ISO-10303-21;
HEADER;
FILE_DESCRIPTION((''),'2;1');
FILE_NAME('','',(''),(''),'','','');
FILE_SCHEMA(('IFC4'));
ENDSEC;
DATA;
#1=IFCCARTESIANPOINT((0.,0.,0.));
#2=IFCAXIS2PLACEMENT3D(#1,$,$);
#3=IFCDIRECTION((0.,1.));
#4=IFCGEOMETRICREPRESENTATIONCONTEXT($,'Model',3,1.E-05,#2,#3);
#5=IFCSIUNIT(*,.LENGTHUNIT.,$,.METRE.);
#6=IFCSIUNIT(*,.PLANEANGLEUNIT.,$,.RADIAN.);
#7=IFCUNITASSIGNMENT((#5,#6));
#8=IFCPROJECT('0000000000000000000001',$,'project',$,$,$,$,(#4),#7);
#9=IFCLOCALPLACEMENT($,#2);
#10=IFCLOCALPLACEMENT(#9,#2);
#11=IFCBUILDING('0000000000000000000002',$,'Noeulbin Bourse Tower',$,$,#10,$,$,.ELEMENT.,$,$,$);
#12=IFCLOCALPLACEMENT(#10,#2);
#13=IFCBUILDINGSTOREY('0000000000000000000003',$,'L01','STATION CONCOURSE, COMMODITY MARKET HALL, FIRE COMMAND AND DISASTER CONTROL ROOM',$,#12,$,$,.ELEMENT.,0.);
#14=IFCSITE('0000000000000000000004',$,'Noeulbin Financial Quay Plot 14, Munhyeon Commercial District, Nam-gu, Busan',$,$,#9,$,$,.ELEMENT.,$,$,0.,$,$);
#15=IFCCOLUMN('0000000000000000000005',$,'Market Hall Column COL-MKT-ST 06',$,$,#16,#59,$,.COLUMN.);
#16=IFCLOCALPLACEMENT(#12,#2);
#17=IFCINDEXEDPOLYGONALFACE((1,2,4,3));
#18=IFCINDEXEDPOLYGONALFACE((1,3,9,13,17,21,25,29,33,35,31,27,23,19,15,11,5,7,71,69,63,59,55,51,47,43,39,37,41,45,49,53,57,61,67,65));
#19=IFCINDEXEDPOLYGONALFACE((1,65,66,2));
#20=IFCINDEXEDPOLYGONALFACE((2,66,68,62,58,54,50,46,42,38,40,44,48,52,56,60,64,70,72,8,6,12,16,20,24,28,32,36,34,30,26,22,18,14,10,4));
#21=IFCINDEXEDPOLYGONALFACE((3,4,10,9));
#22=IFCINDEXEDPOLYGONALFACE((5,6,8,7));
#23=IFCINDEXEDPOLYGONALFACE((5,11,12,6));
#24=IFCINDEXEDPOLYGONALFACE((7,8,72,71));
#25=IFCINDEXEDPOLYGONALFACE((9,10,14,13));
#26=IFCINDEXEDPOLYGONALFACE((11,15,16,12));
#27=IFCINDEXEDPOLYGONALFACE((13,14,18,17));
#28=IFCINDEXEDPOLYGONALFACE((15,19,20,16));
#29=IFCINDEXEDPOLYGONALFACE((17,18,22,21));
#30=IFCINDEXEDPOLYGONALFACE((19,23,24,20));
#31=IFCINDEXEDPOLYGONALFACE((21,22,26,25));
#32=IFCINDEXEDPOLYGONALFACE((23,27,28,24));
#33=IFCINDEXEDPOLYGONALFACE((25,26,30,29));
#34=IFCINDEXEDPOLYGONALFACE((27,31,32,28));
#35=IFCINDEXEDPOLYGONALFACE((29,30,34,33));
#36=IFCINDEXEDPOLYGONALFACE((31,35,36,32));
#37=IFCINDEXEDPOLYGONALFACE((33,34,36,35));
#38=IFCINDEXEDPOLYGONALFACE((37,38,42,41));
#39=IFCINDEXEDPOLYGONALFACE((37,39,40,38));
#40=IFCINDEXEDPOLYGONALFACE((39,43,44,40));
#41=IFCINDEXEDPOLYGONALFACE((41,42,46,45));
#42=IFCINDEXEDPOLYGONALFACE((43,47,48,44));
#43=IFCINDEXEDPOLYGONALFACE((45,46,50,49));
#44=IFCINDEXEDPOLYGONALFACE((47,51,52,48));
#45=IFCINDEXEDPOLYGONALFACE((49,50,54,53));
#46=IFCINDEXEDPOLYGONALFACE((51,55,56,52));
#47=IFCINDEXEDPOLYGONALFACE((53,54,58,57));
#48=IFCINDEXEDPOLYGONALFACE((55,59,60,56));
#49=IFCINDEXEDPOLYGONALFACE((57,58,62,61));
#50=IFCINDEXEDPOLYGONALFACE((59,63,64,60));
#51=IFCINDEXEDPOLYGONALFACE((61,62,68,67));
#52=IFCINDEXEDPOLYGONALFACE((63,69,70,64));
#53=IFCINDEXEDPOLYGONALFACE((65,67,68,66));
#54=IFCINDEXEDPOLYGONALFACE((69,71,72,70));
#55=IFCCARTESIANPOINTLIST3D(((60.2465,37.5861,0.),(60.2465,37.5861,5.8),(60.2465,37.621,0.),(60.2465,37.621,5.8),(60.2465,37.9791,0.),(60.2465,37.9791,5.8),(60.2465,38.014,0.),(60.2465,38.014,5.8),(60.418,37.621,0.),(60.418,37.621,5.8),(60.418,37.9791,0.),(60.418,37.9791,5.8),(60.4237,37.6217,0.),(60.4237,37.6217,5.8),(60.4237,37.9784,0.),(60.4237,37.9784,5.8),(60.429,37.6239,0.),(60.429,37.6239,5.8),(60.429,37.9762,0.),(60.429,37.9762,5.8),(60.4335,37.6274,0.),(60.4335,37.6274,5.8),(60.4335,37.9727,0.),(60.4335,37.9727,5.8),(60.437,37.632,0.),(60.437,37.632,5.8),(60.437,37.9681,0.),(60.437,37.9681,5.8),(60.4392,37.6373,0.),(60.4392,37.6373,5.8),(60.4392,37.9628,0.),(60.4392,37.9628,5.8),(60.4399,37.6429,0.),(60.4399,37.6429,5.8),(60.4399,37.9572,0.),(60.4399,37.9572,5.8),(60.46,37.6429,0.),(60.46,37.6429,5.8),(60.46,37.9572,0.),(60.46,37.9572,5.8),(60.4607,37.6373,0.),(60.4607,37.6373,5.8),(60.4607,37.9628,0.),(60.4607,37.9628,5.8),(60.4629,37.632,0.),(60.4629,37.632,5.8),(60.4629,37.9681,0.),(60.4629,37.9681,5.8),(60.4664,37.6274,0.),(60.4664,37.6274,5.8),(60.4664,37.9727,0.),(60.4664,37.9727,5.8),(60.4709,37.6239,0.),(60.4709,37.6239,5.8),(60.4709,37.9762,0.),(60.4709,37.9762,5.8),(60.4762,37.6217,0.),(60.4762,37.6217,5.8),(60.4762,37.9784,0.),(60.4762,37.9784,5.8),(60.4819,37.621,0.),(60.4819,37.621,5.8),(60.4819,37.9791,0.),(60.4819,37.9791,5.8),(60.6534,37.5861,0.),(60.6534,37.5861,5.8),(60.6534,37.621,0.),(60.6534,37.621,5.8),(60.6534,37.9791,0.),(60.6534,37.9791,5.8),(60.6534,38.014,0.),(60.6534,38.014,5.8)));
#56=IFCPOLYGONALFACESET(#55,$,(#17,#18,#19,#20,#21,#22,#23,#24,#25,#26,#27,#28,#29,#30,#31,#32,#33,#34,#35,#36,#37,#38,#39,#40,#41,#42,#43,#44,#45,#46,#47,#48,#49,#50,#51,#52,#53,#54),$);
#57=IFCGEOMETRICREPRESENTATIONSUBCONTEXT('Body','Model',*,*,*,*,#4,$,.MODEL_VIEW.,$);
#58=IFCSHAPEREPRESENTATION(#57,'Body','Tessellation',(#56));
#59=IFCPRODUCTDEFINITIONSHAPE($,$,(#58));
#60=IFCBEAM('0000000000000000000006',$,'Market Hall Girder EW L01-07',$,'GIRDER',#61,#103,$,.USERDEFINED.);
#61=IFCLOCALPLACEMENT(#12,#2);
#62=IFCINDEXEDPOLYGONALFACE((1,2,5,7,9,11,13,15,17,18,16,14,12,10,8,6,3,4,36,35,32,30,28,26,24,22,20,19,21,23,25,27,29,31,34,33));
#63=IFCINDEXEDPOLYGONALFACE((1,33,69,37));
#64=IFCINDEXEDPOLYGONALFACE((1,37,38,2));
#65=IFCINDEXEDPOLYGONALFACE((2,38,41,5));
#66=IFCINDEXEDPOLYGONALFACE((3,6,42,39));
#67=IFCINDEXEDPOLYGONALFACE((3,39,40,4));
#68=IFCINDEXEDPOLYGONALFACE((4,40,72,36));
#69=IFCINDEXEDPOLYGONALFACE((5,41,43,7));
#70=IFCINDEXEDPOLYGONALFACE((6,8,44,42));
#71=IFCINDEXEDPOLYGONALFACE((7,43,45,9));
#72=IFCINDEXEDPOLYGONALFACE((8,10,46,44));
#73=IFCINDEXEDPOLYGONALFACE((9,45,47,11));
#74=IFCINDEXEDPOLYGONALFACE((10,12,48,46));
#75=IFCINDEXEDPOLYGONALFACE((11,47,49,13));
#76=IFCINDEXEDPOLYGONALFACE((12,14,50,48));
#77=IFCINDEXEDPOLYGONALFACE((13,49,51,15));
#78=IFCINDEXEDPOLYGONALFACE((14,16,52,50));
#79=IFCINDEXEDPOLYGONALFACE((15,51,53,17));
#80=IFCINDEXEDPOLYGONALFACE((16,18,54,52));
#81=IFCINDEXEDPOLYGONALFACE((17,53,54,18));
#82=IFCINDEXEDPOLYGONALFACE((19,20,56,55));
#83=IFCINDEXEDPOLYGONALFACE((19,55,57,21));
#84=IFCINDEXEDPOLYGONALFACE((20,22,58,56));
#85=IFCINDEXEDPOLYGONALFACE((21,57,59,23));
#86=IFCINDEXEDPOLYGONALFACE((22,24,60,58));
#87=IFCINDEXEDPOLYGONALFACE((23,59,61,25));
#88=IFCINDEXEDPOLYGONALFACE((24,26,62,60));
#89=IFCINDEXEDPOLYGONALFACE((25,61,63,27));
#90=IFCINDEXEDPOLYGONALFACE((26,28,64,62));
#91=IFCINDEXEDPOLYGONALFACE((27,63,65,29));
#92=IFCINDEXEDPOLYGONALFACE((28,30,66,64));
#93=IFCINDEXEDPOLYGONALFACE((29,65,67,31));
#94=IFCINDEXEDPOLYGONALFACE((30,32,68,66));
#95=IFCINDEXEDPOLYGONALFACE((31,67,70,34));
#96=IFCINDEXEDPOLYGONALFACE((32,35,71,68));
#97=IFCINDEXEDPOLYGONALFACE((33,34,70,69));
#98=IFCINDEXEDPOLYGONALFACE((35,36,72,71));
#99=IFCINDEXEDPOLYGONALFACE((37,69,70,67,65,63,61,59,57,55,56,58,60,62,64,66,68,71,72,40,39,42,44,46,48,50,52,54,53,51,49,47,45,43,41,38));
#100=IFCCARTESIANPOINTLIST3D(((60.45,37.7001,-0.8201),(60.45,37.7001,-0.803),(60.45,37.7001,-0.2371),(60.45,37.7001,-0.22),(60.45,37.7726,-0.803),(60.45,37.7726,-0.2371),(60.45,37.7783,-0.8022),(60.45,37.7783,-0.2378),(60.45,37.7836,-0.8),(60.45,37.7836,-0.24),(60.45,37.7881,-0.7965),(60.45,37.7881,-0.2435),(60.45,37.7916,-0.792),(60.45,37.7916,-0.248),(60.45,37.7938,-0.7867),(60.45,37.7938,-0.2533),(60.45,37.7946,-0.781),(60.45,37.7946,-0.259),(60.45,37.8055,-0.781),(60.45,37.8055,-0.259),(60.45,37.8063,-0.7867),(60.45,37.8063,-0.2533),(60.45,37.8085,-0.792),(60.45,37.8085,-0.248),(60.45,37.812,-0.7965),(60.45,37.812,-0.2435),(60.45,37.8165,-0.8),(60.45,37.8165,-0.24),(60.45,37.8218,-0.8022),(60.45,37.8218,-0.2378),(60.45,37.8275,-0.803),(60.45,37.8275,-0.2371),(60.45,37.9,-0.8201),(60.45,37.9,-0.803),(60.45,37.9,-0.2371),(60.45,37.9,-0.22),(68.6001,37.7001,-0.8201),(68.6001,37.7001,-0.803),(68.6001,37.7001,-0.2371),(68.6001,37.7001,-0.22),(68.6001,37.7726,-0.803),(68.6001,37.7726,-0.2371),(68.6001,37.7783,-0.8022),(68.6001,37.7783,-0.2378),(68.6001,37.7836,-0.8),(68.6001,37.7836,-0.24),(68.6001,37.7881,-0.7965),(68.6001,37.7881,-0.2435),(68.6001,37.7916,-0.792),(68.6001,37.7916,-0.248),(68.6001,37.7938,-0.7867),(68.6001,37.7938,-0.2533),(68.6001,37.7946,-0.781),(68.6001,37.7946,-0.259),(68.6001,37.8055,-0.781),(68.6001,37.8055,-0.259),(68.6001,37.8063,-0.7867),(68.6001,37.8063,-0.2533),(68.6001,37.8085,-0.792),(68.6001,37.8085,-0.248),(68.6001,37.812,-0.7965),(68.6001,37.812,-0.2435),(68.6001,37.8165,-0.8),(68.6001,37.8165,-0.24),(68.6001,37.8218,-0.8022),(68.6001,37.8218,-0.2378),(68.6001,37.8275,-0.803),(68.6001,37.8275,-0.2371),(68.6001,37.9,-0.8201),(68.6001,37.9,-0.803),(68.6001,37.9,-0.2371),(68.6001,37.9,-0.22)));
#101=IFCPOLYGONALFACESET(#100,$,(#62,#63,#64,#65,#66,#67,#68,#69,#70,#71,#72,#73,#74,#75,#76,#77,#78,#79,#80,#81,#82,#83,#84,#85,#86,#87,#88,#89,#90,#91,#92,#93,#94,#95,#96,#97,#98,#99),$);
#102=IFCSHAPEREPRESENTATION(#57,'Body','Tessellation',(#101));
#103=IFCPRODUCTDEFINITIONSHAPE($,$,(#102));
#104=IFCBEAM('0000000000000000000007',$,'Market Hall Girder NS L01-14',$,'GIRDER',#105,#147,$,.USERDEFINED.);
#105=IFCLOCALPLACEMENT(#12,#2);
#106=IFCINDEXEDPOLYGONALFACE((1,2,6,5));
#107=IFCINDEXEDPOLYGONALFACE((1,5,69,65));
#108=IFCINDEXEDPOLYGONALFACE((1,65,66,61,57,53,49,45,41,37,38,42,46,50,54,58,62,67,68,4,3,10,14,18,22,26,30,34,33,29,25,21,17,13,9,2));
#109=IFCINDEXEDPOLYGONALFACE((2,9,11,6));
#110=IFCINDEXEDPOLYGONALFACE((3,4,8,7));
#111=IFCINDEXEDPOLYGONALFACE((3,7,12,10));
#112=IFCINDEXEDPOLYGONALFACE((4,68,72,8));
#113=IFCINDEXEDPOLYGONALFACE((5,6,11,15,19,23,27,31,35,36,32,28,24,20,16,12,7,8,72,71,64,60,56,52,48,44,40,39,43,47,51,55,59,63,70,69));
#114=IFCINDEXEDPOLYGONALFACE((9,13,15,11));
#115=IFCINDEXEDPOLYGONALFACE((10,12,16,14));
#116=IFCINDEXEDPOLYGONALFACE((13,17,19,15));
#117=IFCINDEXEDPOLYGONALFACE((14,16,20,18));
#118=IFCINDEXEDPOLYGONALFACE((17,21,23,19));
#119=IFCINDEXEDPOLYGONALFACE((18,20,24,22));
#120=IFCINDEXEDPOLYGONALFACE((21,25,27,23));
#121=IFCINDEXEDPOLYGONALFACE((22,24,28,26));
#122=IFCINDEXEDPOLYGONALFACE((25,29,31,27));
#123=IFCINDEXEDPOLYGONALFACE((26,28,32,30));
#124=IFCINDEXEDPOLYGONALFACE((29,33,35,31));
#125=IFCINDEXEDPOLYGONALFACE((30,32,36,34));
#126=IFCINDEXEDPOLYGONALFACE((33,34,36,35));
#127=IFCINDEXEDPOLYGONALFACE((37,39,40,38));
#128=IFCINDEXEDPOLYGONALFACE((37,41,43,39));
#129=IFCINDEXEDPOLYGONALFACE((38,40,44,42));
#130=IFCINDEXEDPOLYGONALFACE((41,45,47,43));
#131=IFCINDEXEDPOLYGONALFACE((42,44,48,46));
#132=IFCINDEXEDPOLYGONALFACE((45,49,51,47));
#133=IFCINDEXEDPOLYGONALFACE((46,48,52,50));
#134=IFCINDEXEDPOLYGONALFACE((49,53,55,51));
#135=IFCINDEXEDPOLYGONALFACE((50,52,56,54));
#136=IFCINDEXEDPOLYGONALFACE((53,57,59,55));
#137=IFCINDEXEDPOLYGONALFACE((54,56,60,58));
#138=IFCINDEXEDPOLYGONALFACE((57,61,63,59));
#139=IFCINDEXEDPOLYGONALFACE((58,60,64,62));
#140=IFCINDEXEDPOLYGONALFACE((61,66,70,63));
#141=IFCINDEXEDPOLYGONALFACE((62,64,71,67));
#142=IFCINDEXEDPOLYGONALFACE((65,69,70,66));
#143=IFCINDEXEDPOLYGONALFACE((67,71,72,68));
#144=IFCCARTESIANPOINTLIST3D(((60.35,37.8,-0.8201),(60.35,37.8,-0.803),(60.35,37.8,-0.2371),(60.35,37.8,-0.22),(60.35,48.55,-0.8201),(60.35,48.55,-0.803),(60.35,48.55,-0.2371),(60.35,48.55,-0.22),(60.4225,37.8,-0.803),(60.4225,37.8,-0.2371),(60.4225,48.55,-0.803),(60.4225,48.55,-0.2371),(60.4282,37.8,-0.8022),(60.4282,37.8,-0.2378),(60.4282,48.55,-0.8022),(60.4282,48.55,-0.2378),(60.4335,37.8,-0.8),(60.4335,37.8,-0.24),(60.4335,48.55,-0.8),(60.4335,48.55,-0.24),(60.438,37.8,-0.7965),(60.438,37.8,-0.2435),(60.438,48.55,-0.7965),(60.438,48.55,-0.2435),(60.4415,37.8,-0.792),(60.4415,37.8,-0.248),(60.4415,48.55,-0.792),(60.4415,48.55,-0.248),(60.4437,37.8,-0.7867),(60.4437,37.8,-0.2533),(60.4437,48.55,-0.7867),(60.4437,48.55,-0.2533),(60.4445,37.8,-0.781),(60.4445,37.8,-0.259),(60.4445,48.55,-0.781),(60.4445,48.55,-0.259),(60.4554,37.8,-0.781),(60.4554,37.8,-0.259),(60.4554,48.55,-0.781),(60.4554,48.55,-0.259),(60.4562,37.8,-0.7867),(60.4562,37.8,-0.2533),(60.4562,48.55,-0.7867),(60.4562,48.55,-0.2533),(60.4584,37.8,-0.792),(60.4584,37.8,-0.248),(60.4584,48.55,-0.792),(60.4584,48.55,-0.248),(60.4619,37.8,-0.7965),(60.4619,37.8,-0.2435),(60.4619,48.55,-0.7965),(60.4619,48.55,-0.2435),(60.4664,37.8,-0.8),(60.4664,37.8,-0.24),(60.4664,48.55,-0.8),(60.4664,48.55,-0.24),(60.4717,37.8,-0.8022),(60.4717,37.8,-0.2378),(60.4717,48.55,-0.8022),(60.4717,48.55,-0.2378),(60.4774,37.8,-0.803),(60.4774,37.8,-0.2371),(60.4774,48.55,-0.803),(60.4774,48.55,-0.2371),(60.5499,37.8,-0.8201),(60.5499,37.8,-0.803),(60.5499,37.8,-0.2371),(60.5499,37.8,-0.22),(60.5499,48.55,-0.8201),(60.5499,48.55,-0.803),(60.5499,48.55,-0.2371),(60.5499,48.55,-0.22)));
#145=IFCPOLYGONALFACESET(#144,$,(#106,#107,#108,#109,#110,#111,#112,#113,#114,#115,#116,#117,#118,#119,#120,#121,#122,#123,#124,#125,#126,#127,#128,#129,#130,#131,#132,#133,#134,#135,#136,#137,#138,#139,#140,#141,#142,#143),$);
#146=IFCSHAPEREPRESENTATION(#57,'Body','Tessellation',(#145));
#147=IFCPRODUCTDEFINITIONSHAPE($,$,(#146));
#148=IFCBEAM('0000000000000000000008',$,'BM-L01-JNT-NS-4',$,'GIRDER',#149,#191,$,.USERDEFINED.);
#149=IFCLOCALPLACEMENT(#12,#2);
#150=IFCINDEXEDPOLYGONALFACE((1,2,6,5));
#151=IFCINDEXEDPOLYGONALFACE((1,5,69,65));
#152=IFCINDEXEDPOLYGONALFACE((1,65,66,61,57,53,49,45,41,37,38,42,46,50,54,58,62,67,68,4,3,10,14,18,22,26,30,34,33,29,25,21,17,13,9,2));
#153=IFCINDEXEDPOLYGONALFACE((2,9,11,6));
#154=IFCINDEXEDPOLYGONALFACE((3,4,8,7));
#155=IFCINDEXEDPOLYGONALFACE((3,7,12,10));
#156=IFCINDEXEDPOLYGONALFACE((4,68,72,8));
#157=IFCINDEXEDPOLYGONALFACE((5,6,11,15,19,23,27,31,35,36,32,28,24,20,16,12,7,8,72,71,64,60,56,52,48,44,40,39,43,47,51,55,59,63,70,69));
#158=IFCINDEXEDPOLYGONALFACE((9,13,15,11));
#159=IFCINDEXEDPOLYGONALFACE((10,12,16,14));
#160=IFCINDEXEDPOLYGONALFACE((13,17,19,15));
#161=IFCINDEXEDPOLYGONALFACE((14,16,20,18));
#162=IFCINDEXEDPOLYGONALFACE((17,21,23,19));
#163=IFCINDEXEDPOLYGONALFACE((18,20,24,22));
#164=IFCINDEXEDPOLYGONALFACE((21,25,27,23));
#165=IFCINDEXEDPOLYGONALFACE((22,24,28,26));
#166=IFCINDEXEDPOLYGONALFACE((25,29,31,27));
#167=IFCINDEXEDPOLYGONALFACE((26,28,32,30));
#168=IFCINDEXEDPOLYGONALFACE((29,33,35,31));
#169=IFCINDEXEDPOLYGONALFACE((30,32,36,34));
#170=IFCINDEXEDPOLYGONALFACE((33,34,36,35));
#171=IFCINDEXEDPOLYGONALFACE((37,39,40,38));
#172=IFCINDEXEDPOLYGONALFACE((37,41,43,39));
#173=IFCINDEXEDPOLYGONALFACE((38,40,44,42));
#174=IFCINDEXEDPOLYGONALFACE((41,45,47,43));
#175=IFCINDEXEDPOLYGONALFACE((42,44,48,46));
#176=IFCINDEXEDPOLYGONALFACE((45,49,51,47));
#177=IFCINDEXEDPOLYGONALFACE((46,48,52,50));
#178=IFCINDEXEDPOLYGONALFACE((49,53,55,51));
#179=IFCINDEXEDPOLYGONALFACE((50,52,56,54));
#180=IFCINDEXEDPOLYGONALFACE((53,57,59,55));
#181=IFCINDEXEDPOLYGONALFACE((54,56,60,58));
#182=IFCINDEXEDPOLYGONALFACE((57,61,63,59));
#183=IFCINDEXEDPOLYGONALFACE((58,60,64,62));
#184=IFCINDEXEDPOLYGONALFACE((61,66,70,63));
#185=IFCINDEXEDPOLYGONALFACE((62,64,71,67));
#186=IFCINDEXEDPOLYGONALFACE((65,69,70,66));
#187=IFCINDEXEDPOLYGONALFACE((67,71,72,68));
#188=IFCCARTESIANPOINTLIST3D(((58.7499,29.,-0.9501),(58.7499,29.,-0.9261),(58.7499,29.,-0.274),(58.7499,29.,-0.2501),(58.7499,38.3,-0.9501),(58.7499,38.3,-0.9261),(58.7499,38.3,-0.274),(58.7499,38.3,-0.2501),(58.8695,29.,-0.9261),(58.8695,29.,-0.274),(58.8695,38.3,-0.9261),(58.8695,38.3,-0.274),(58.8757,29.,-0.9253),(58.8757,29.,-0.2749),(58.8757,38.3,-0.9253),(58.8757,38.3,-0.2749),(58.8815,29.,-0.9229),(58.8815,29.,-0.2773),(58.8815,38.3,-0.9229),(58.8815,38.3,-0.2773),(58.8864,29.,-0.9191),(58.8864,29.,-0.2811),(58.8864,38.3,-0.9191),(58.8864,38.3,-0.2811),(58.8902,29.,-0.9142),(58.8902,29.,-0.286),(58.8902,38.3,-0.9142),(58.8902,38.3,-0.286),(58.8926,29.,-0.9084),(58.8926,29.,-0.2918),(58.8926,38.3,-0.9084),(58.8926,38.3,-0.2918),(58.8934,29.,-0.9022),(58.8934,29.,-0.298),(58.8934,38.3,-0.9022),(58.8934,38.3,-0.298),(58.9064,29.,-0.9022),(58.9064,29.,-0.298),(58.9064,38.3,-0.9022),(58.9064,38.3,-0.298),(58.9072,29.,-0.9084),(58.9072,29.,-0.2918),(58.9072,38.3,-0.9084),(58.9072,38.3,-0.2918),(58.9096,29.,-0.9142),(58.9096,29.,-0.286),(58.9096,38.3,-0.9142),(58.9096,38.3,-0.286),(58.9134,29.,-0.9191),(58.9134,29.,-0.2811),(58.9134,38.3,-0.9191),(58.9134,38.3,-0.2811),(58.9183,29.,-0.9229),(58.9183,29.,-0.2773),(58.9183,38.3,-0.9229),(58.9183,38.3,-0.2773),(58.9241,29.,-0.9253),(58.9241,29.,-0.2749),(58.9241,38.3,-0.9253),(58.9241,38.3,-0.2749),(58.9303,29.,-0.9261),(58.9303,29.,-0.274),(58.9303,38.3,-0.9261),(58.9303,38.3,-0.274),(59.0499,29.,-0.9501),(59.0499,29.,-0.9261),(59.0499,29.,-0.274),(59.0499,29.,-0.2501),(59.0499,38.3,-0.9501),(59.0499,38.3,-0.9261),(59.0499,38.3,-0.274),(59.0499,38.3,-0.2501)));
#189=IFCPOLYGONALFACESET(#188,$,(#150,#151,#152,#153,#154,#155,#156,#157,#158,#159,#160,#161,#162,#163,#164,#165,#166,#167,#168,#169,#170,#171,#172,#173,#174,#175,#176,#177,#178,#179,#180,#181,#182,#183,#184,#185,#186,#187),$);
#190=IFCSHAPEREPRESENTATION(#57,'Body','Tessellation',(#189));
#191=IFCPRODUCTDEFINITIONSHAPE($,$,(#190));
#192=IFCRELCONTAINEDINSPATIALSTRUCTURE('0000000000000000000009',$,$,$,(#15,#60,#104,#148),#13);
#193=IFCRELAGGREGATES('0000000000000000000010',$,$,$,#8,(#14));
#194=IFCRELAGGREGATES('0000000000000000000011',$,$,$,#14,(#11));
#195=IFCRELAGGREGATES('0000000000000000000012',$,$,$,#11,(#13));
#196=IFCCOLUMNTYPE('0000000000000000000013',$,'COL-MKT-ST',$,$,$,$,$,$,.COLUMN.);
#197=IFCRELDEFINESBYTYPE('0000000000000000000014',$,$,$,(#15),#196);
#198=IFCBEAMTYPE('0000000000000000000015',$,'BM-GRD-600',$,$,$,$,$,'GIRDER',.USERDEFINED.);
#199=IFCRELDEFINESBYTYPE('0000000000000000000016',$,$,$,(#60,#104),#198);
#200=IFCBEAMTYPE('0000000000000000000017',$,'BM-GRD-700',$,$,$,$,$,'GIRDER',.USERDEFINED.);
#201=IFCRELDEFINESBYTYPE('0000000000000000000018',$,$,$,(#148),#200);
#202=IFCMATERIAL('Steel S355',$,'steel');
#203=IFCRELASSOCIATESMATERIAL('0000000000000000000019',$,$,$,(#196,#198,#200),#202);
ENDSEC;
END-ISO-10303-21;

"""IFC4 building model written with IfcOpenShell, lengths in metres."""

from ifc_helpers import new_model, si_unit, direction, frame, origin, origin_2d, place, context, subcontext, project, spatial, i_section, extrude, material, material_profile, profile_set, type_object, element, save


model = new_model("IFC4")

# Units and contexts
model_context = context("Model", 3, precision=1e-05, world=origin(), true_north=direction((0.0, 1.0)))
body_context = subcontext(model_context, "Body", "Model", "MODEL_VIEW")
ifc_project = project(units=[si_unit("LENGTHUNIT", "METRE"), si_unit("PLANEANGLEUNIT", "RADIAN")], contexts=[model_context])

# Site, building, storey
site_placement = place(None, origin())
site = spatial("IfcSite", under=ifc_project, at=site_placement, Name="Noeulbin Financial Quay Plot 14, Munhyeon Commercial District, Nam-gu, Busan", CompositionType="ELEMENT", RefElevation=0.0)
building_placement = place(site_placement, origin())
building = spatial("IfcBuilding", under=site, at=building_placement, Name="Noeulbin Bourse Tower", CompositionType="ELEMENT")
storey_placement = place(building_placement, origin())
storey = spatial("IfcBuildingStorey", under=building, at=storey_placement, Name="L01", Description="STATION CONCOURSE, COMMODITY MARKET HALL, FIRE COMMAND AND DISASTER CONTROL ROOM", CompositionType="ELEMENT", Elevation=0.0)

# Column
ifc_material_1 = material(Name="Steel S355", Category="steel")
ifc_material_profile_1 = material_profile(ifc_material_1, i_section(OverallWidth=0.407, OverallDepth=0.428, WebThickness=0.02, FlangeThickness=0.0349, FilletRadius=0.022, at=origin_2d()), Name="H-428x407x20x35", Category="LoadBearing")
ifc_profile_set_1 = profile_set([ifc_material_profile_1], Name="Steel S355")
column_type = type_object("IfcColumnType", Name="COL-MKT-ST", PredefinedType="COLUMN", material=ifc_profile_set_1)
column_placement = place(storey_placement, frame((60.45, 37.8, 0.0), z_axis=(0.0, 0.0, 1.0), x_axis=(1.0, 0.0, 0.0)))
element("IfcColumn", 1, at=column_placement, inside=storey, type_object=column_type, Name="Market Hall Column COL-MKT-ST 06", PredefinedType="COLUMN", context=body_context, shape_type="SweptSolid", body=[
    extrude(i_section(OverallWidth=0.407, OverallDepth=0.428, WebThickness=0.02, FlangeThickness=0.0349, FilletRadius=0.022, at=origin_2d()), origin(), (0.0, 0.0, 1.0), 5.8),
])

# Beams
ifc_material_profile_2 = material_profile(ifc_material_1, i_section(OverallWidth=0.2, OverallDepth=0.6001, WebThickness=0.011, FlangeThickness=0.0171, FilletRadius=0.022, at=origin_2d()), Name="H-600x200x11x17", Category="LoadBearing")
ifc_profile_set_2 = profile_set([ifc_material_profile_2], Name="Steel S355")
beam_type_1 = type_object("IfcBeamType", Name="BM-GRD-600", ElementType="GIRDER", PredefinedType="USERDEFINED", material=ifc_profile_set_2)
beam_1_placement = place(storey_placement, frame((60.45, 37.8, -0.52), z_axis=(1.0, 0.0, 0.0), x_axis=(0.0, 1.0, 0.0)))
element("IfcBeam", 2, at=beam_1_placement, inside=storey, type_object=beam_type_1, Name="Market Hall Girder EW L01-07", ObjectType="GIRDER", PredefinedType="USERDEFINED", context=body_context, shape_type="SweptSolid", body=[
    extrude(i_section(OverallWidth=0.2, OverallDepth=0.6001, WebThickness=0.011, FlangeThickness=0.0171, FilletRadius=0.022, at=origin_2d()), origin(), (0.0, 0.0, 1.0), 8.1501),
])
beam_2_placement = place(storey_placement, frame((60.45, 37.8, -0.52), z_axis=(0.0, 1.0, 0.0), x_axis=(-1.0, 0.0, 0.0)))
element("IfcBeam", 3, at=beam_2_placement, inside=storey, type_object=beam_type_1, Name="Market Hall Girder NS L01-14", ObjectType="GIRDER", PredefinedType="USERDEFINED", context=body_context, shape_type="SweptSolid", body=[
    extrude(i_section(OverallWidth=0.2, OverallDepth=0.6001, WebThickness=0.011, FlangeThickness=0.0171, FilletRadius=0.022, at=origin_2d()), origin(), (0.0, 0.0, 1.0), 10.75),
])
ifc_material_profile_3 = material_profile(ifc_material_1, i_section(OverallWidth=0.3, OverallDepth=0.7, WebThickness=0.0129, FlangeThickness=0.0239, FilletRadius=0.0239, at=origin_2d()), Name="H-700x300x13x24", Category="LoadBearing")
ifc_profile_set_3 = profile_set([ifc_material_profile_3], Name="Steel S355")
beam_type_2 = type_object("IfcBeamType", Name="BM-GRD-700", ElementType="GIRDER", PredefinedType="USERDEFINED", material=ifc_profile_set_3)
beam_3_placement = place(storey_placement, frame((58.8999, 29.0, -0.6001), z_axis=(0.0, 1.0, 0.0), x_axis=(-1.0, 0.0, 0.0)))
element("IfcBeam", 4, at=beam_3_placement, inside=storey, type_object=beam_type_2, Name="BM-L01-JNT-NS-4", ObjectType="GIRDER", PredefinedType="USERDEFINED", context=body_context, shape_type="SweptSolid", body=[
    extrude(i_section(OverallWidth=0.3, OverallDepth=0.7, WebThickness=0.0129, FlangeThickness=0.0239, FilletRadius=0.0239, at=origin_2d()), origin(), (0.0, 0.0, 1.0), 9.3),
])

save(model, "model.ifc")
